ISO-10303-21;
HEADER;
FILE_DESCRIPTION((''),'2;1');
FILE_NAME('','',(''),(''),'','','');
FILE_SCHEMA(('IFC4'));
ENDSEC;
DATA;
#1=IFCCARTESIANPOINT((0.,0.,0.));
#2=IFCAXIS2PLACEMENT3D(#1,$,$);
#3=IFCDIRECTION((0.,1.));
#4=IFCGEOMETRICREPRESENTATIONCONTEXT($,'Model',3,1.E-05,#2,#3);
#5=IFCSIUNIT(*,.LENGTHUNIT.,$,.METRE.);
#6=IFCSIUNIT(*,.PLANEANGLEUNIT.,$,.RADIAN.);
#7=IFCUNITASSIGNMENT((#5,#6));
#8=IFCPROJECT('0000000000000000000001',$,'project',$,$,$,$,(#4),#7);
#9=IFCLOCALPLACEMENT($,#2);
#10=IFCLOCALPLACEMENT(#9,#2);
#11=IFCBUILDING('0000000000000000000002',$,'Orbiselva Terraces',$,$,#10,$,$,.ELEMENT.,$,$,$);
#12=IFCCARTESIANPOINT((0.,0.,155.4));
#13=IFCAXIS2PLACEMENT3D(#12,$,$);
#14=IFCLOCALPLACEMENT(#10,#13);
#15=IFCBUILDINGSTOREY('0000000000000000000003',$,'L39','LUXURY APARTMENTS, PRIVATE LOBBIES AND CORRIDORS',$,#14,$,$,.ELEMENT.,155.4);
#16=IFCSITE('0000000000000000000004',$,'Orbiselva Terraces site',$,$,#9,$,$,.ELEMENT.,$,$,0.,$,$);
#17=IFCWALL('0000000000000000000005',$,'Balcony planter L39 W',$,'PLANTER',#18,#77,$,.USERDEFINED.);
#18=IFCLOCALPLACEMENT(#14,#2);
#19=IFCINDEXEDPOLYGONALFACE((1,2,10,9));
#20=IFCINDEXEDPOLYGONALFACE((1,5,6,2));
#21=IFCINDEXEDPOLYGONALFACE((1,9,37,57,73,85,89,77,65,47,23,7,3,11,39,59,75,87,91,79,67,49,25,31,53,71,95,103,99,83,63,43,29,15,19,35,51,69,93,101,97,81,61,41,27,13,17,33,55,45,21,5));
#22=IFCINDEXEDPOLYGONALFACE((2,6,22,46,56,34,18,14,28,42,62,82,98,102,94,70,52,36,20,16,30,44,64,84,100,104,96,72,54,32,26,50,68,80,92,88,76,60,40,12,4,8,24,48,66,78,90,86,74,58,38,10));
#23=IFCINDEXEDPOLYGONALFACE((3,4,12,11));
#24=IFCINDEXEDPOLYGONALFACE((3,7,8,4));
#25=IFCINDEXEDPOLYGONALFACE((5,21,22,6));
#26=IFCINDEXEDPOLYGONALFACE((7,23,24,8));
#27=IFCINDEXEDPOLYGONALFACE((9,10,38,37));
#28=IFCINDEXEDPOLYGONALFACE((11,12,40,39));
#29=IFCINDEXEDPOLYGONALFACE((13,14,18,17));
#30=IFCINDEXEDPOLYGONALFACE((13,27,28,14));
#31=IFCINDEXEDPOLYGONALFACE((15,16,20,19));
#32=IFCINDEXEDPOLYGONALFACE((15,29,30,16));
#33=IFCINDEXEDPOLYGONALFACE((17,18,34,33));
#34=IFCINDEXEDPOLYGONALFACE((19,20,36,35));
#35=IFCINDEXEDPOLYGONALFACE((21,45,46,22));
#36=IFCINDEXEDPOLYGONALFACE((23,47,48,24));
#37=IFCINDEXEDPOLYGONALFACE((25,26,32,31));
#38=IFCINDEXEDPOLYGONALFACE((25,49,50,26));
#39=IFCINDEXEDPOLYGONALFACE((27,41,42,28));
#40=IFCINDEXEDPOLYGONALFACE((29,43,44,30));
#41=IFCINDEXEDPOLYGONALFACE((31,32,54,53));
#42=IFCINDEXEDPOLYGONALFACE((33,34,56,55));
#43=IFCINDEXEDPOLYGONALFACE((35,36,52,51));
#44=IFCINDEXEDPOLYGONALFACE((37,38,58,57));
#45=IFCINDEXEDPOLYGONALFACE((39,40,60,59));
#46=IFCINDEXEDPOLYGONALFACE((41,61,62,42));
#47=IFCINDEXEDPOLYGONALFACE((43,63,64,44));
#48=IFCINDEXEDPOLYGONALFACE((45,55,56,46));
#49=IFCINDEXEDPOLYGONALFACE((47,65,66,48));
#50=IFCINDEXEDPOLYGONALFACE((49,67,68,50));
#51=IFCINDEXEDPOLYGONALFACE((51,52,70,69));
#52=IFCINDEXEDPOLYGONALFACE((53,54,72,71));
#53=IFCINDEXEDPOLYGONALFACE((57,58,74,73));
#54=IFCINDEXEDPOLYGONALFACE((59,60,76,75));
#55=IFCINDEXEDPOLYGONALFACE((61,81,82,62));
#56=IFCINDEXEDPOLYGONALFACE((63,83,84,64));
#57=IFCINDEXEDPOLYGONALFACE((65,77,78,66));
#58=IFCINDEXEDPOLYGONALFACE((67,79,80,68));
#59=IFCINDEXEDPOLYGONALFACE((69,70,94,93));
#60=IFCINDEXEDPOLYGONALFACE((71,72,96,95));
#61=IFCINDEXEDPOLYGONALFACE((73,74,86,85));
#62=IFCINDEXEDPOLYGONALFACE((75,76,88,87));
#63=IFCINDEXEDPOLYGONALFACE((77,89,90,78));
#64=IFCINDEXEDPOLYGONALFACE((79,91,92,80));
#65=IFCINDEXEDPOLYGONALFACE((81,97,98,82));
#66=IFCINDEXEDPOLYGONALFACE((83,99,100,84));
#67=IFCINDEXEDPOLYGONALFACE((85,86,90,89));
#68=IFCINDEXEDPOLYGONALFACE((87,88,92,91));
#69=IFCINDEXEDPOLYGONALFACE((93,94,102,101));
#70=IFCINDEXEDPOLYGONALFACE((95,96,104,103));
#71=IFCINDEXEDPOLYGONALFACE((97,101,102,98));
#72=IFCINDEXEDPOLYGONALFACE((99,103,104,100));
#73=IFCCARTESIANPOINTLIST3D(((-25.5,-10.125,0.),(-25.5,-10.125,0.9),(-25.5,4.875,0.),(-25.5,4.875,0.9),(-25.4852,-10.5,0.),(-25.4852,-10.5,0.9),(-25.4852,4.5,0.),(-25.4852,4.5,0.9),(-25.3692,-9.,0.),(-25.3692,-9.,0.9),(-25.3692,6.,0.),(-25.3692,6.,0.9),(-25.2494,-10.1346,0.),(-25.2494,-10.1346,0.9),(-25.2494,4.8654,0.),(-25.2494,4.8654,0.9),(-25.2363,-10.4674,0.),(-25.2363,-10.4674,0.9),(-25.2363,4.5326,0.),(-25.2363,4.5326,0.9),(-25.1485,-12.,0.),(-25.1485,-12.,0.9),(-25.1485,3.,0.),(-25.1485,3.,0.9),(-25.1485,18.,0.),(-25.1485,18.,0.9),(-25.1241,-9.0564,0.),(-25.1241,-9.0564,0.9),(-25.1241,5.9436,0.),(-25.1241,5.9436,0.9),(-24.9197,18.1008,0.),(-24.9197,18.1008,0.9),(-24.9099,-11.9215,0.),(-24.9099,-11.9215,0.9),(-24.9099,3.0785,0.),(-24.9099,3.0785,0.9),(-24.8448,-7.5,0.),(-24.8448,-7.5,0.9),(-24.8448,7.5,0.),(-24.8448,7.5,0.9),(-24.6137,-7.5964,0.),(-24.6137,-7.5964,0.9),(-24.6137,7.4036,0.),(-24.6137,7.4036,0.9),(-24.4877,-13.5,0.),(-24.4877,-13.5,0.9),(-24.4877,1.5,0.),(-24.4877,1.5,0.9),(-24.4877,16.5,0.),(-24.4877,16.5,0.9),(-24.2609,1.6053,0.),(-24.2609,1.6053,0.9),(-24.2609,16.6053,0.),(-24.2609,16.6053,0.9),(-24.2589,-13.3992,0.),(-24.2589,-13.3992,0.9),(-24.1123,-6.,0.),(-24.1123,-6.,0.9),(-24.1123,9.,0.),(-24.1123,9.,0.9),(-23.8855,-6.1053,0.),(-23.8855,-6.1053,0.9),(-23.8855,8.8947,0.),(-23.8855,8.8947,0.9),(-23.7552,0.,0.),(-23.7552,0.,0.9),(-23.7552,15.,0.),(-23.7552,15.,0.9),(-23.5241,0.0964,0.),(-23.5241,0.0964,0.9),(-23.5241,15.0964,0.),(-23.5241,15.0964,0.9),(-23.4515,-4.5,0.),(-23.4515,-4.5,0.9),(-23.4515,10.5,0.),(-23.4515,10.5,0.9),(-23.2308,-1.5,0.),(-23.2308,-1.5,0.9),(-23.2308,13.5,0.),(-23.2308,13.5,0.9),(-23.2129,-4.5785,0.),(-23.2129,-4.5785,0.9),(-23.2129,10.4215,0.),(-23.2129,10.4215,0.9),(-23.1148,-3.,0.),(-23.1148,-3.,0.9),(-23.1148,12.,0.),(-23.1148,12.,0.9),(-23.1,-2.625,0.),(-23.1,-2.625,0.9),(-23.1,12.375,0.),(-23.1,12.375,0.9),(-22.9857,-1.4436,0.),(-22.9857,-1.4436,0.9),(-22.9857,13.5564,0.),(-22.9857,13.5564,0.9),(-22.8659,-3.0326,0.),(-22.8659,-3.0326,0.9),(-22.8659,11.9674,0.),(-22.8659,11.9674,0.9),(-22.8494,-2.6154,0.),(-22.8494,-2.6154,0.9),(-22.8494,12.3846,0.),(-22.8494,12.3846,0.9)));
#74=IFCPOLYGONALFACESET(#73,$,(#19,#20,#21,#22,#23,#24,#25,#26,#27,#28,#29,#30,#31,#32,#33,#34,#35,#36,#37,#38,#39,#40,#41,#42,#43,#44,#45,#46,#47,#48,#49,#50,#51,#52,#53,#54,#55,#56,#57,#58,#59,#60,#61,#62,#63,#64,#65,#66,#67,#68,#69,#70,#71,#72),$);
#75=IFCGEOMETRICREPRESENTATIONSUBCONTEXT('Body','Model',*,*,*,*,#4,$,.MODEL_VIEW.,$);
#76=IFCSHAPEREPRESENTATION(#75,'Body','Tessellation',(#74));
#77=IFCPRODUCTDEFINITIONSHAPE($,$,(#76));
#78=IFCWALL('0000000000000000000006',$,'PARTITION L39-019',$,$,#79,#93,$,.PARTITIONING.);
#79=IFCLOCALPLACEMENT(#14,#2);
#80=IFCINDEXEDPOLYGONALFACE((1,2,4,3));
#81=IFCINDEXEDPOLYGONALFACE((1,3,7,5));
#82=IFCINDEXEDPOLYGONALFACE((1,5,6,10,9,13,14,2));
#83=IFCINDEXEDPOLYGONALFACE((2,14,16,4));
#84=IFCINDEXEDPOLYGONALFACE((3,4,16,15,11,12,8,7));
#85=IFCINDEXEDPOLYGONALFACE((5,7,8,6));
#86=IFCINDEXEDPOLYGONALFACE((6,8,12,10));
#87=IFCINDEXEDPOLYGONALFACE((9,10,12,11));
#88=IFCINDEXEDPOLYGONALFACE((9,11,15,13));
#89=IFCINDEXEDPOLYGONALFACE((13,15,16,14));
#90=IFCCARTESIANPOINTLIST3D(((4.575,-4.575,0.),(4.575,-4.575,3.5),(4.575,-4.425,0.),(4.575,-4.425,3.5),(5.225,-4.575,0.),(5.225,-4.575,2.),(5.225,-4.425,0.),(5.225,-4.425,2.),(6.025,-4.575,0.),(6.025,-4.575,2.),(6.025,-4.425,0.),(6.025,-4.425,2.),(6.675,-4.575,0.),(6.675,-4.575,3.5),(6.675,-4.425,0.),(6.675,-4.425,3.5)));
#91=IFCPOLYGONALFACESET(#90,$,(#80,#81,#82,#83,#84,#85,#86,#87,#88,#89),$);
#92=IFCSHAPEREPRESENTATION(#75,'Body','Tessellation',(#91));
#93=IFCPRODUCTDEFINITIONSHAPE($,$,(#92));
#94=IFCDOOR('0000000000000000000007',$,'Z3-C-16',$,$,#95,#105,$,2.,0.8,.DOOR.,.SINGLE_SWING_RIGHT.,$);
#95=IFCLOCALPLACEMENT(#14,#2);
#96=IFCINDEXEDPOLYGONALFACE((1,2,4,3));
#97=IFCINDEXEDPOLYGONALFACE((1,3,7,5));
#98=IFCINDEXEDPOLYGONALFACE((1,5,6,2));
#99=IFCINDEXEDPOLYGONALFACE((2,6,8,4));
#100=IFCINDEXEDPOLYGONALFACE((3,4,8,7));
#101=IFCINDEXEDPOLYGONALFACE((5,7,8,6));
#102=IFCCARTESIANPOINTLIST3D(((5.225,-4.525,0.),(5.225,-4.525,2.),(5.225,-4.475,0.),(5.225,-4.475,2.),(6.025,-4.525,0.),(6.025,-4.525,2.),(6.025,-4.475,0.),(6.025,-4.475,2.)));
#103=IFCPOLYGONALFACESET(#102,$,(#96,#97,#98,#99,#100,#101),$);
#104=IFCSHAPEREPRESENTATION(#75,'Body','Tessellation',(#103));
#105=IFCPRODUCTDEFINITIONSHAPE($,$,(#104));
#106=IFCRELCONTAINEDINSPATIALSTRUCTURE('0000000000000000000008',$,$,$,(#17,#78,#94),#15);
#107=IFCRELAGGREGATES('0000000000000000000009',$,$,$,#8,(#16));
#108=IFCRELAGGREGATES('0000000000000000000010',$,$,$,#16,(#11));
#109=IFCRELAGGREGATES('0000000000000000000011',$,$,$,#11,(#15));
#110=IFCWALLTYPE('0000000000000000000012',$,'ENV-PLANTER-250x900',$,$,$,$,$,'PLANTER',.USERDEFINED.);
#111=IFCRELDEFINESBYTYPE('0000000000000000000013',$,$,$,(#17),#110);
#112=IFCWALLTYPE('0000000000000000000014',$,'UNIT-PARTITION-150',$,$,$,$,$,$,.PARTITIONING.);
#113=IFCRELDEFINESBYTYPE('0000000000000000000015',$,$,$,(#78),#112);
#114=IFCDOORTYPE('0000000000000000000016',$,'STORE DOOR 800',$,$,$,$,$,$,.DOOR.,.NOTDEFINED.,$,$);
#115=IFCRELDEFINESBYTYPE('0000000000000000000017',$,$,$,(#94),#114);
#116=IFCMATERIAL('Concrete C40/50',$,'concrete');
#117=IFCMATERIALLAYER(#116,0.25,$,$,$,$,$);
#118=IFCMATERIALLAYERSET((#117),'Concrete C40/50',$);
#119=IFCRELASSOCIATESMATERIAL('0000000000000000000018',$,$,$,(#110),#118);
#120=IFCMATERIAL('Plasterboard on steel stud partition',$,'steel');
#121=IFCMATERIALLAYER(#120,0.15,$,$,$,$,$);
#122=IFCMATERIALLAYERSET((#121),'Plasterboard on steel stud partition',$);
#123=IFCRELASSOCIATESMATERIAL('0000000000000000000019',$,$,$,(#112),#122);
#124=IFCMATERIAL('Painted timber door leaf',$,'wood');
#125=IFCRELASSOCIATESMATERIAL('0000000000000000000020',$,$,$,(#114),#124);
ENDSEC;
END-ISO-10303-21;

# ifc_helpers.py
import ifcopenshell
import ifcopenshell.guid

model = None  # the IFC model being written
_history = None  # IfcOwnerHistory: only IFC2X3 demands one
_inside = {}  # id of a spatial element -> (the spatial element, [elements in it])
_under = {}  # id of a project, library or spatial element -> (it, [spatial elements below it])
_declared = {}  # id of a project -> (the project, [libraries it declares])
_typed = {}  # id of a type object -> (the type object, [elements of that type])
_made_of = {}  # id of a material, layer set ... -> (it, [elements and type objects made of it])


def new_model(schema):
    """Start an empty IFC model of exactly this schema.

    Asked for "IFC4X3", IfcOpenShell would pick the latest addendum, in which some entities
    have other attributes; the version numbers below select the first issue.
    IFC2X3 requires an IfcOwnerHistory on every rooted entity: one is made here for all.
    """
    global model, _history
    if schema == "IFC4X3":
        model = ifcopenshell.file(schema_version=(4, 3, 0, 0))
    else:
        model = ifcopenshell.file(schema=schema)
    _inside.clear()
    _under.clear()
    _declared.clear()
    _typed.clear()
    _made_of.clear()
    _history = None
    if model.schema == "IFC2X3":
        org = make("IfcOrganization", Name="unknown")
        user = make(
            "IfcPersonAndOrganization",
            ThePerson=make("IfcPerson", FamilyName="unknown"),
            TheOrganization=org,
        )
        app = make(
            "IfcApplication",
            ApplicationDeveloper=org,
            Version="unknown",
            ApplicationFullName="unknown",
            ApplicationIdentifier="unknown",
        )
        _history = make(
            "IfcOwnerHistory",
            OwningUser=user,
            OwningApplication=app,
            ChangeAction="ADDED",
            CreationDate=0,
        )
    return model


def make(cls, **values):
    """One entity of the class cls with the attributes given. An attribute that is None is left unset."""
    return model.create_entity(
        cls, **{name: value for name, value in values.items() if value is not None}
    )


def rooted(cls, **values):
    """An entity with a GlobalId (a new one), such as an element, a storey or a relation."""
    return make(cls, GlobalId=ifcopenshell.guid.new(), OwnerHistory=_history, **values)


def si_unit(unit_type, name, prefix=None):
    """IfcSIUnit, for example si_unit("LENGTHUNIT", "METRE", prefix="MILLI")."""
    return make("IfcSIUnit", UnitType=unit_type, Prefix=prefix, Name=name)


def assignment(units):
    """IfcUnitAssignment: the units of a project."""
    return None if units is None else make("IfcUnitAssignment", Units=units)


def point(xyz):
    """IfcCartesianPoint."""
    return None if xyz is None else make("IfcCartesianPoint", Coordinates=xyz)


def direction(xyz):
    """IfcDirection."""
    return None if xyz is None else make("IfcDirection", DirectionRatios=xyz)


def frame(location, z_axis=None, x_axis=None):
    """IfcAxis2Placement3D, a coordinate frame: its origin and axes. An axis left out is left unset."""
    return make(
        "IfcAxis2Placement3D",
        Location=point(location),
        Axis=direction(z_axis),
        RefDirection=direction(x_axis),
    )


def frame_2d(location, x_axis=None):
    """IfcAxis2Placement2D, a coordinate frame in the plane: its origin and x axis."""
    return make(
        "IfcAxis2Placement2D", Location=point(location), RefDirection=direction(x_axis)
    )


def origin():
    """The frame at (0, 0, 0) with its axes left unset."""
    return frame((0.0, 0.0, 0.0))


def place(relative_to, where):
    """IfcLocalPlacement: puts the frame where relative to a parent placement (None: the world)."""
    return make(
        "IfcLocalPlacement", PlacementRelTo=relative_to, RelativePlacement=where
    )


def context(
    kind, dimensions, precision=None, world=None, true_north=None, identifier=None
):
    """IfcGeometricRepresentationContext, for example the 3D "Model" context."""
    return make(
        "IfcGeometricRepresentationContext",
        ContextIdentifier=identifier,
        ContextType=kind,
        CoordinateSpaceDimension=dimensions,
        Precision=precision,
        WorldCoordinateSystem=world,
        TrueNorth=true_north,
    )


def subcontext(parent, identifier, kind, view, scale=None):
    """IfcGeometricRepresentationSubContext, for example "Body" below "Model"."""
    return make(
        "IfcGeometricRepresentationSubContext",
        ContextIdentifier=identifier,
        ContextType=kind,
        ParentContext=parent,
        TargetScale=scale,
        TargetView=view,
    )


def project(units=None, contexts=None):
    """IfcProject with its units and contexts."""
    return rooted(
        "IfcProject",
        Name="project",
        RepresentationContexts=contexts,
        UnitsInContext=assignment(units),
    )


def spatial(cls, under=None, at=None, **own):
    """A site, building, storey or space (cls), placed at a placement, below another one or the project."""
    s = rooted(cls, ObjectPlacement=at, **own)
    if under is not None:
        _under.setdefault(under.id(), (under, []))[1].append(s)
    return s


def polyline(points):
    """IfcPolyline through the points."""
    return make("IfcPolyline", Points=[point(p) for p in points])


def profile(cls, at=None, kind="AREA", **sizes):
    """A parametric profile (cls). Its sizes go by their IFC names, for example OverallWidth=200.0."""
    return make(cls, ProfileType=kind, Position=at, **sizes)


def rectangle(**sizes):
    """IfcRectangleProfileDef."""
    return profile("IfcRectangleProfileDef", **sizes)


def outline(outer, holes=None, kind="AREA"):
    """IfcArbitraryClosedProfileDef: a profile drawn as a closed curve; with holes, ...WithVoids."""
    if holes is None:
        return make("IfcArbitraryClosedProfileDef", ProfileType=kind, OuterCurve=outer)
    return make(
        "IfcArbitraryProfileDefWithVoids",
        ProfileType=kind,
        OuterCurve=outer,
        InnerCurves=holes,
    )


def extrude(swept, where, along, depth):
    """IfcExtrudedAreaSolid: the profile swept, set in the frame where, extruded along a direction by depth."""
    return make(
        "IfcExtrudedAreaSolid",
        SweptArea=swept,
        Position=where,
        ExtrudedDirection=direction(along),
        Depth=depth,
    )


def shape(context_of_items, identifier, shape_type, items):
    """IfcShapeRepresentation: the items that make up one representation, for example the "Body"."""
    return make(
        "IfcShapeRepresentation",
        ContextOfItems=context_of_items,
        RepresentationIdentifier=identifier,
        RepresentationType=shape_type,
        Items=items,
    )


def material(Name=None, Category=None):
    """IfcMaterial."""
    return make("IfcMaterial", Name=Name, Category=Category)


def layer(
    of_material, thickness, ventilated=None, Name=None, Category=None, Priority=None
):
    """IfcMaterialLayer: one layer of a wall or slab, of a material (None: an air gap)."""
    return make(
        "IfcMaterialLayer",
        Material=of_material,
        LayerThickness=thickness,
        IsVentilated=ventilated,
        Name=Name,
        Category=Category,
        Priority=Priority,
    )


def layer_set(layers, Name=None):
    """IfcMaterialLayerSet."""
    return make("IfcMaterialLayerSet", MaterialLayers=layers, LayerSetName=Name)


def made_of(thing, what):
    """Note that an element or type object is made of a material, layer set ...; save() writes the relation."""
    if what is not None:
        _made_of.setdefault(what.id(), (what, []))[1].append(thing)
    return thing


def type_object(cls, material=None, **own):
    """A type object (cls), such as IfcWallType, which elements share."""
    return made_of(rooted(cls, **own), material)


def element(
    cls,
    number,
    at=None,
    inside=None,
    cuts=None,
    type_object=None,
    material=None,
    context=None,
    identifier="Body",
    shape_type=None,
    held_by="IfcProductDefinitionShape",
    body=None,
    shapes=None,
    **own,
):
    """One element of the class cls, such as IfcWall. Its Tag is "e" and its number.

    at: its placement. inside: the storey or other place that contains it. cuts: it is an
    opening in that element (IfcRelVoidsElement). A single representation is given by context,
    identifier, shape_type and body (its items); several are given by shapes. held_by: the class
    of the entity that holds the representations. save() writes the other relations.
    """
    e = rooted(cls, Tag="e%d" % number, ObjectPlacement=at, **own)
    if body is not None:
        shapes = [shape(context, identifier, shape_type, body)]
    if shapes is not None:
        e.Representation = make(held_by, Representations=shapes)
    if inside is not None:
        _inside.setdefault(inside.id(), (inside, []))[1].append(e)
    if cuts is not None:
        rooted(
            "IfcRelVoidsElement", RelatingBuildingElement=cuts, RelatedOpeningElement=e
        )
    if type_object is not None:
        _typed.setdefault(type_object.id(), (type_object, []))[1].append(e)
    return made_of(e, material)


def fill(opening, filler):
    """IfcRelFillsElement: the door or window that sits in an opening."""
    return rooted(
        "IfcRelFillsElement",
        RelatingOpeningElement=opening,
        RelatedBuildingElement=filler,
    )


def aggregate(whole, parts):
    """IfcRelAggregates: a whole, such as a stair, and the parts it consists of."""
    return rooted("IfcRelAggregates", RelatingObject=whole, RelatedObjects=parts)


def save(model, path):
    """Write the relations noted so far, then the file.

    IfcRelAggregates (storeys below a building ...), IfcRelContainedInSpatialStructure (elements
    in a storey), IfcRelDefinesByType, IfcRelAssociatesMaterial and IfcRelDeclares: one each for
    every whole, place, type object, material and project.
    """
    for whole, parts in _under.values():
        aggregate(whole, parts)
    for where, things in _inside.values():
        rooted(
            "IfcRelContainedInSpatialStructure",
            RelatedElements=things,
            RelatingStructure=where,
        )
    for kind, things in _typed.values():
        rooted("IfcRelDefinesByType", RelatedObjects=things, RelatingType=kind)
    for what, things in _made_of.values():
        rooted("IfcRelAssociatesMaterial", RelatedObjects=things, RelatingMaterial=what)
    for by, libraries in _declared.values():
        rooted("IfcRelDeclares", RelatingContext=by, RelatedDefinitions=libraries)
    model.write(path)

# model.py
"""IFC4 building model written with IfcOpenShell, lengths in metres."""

from ifc_helpers import new_model, si_unit, direction, frame, frame_2d, origin, place, context, subcontext, project, spatial, polyline, rectangle, outline, extrude, material, layer, layer_set, type_object, element, fill, save


model = new_model("IFC4")

# Units and contexts
model_context = context("Model", 3, precision=1e-05, world=origin(), true_north=direction((0.0, 1.0)))
body_context = subcontext(model_context, "Body", "Model", "MODEL_VIEW")
ifc_project = project(units=[si_unit("LENGTHUNIT", "METRE"), si_unit("PLANEANGLEUNIT", "RADIAN")], contexts=[model_context])

# Site, building, storey
site_placement = place(None, origin())
site = spatial("IfcSite", under=ifc_project, at=site_placement, Name="Orbiselva Terraces site", CompositionType="ELEMENT", RefElevation=0.0)
building_placement = place(site_placement, origin())
building = spatial("IfcBuilding", under=site, at=building_placement, Name="Orbiselva Terraces", CompositionType="ELEMENT")
storey_placement = place(building_placement, frame((0.0, 0.0, 155.4)))
storey = spatial("IfcBuildingStorey", under=building, at=storey_placement, Name="L39", Description="LUXURY APARTMENTS, PRIVATE LOBBIES AND CORRIDORS", CompositionType="ELEMENT", Elevation=155.4)

# Shared definitions
ifc_material_1 = material(Name="Concrete C40/50", Category="concrete")

# Wall
ifc_layer_1 = layer(ifc_material_1, 0.25)
ifc_layer_set_1 = layer_set([ifc_layer_1], Name="Concrete C40/50")
wall_type_1 = type_object("IfcWallType", Name="ENV-PLANTER-250x900", ElementType="PLANTER", PredefinedType="USERDEFINED", material=ifc_layer_set_1)
wall_1_placement = place(storey_placement, origin())
element("IfcWall", 1, at=wall_1_placement, inside=storey, type_object=wall_type_1, Name="Balcony planter L39 W", ObjectType="PLANTER", PredefinedType="USERDEFINED", context=body_context, shape_type="SweptSolid", body=[
    extrude(outline(polyline([(-25.1485, 18.0), (-24.4877, 16.5), (-23.7552, 15.0), (-23.2308, 13.5), (-23.1, 12.375), (-23.1148, 12.0), (-23.4515, 10.5), (-24.1123, 9.0), (-24.8448, 7.5), (-25.3692, 6.0), (-25.5, 4.875), (-25.4852, 4.5), (-25.1485, 3.0), (-24.4877, 1.5), (-23.7552, 0.0), (-23.2308, -1.5), (-23.1, -2.625), (-23.1148, -3.0), (-23.4515, -4.5), (-24.1123, -6.0), (-24.8448, -7.5), (-25.3692, -9.0), (-25.5, -10.125), (-25.4852, -10.5), (-25.1485, -12.0), (-24.4877, -13.5), (-24.2589, -13.3992), (-24.9099, -11.9215), (-25.2363, -10.4674), (-25.2494, -10.1346), (-25.1241, -9.0564), (-24.6137, -7.5964), (-23.8855, -6.1053), (-23.2129, -4.5785), (-22.8659, -3.0326), (-22.8494, -2.6154), (-22.9857, -1.4436), (-23.5241, 0.0964), (-24.2609, 1.6053), (-24.9099, 3.0785), (-25.2363, 4.5326), (-25.2494, 4.8654), (-25.1241, 5.9436), (-24.6137, 7.4036), (-23.8855, 8.8947), (-23.2129, 10.4215), (-22.8659, 11.9674), (-22.8494, 12.3846), (-22.9857, 13.5564), (-23.5241, 15.0964), (-24.2609, 16.6053), (-24.9197, 18.1008), (-25.1485, 18.0)])), origin(), (0.0, 0.0, 1.0), 0.9),
])

# Wall, opening, door
ifc_material_2 = material(Name="Plasterboard on steel stud partition", Category="steel")
ifc_layer_2 = layer(ifc_material_2, 0.15)
ifc_layer_set_2 = layer_set([ifc_layer_2], Name="Plasterboard on steel stud partition")
wall_type_2 = type_object("IfcWallType", Name="UNIT-PARTITION-150", PredefinedType="PARTITIONING", material=ifc_layer_set_2)
wall_2_placement = place(storey_placement, frame((6.675, -4.5, 0.0), z_axis=(0.0, 0.0, 1.0), x_axis=(-1.0, 0.0, 0.0)))
wall_2 = element("IfcWall", 2, at=wall_2_placement, inside=storey, type_object=wall_type_2, Name="PARTITION L39-019", PredefinedType="PARTITIONING", context=body_context, shape_type="SweptSolid", body=[
    extrude(rectangle(XDim=2.1, YDim=0.15, at=frame_2d((1.05, 0.0))), origin(), (0.0, 0.0, 1.0), 3.5),
])
opening_placement = place(wall_2_placement, frame((0.65, 0.0, 0.0)))
opening = element("IfcOpeningElement", 3, at=opening_placement, cuts=wall_2, PredefinedType="OPENING", context=body_context, shape_type="SweptSolid", body=[
    extrude(rectangle(XDim=0.8, YDim=2.0, at=frame_2d((0.4, 1.0))), frame((0.0, 0.085, 0.0), z_axis=(0.0, -1.0, 0.0), x_axis=(1.0, 0.0, 0.0)), (0.0, 0.0, 1.0), 0.17),
])
ifc_material_3 = material(Name="Painted timber door leaf", Category="wood")
door_type = type_object("IfcDoorType", Name="STORE DOOR 800", OperationType="NOTDEFINED", PredefinedType="DOOR", material=ifc_material_3)
door_placement = place(opening_placement, origin())
door = element("IfcDoor", 4, at=door_placement, inside=storey, type_object=door_type, Name="Z3-C-16", OperationType="SINGLE_SWING_RIGHT", OverallHeight=2.0, OverallWidth=0.8, PredefinedType="DOOR", context=body_context, shape_type="SweptSolid", body=[
    extrude(rectangle(XDim=0.8, YDim=2.0, at=frame_2d((0.4, 1.0))), frame((0.0, 0.025, 0.0), z_axis=(0.0, -1.0, 0.0), x_axis=(1.0, 0.0, 0.0)), (0.0, 0.0, 1.0), 0.05),
])
fill(opening, door)

save(model, "model.ifc")
